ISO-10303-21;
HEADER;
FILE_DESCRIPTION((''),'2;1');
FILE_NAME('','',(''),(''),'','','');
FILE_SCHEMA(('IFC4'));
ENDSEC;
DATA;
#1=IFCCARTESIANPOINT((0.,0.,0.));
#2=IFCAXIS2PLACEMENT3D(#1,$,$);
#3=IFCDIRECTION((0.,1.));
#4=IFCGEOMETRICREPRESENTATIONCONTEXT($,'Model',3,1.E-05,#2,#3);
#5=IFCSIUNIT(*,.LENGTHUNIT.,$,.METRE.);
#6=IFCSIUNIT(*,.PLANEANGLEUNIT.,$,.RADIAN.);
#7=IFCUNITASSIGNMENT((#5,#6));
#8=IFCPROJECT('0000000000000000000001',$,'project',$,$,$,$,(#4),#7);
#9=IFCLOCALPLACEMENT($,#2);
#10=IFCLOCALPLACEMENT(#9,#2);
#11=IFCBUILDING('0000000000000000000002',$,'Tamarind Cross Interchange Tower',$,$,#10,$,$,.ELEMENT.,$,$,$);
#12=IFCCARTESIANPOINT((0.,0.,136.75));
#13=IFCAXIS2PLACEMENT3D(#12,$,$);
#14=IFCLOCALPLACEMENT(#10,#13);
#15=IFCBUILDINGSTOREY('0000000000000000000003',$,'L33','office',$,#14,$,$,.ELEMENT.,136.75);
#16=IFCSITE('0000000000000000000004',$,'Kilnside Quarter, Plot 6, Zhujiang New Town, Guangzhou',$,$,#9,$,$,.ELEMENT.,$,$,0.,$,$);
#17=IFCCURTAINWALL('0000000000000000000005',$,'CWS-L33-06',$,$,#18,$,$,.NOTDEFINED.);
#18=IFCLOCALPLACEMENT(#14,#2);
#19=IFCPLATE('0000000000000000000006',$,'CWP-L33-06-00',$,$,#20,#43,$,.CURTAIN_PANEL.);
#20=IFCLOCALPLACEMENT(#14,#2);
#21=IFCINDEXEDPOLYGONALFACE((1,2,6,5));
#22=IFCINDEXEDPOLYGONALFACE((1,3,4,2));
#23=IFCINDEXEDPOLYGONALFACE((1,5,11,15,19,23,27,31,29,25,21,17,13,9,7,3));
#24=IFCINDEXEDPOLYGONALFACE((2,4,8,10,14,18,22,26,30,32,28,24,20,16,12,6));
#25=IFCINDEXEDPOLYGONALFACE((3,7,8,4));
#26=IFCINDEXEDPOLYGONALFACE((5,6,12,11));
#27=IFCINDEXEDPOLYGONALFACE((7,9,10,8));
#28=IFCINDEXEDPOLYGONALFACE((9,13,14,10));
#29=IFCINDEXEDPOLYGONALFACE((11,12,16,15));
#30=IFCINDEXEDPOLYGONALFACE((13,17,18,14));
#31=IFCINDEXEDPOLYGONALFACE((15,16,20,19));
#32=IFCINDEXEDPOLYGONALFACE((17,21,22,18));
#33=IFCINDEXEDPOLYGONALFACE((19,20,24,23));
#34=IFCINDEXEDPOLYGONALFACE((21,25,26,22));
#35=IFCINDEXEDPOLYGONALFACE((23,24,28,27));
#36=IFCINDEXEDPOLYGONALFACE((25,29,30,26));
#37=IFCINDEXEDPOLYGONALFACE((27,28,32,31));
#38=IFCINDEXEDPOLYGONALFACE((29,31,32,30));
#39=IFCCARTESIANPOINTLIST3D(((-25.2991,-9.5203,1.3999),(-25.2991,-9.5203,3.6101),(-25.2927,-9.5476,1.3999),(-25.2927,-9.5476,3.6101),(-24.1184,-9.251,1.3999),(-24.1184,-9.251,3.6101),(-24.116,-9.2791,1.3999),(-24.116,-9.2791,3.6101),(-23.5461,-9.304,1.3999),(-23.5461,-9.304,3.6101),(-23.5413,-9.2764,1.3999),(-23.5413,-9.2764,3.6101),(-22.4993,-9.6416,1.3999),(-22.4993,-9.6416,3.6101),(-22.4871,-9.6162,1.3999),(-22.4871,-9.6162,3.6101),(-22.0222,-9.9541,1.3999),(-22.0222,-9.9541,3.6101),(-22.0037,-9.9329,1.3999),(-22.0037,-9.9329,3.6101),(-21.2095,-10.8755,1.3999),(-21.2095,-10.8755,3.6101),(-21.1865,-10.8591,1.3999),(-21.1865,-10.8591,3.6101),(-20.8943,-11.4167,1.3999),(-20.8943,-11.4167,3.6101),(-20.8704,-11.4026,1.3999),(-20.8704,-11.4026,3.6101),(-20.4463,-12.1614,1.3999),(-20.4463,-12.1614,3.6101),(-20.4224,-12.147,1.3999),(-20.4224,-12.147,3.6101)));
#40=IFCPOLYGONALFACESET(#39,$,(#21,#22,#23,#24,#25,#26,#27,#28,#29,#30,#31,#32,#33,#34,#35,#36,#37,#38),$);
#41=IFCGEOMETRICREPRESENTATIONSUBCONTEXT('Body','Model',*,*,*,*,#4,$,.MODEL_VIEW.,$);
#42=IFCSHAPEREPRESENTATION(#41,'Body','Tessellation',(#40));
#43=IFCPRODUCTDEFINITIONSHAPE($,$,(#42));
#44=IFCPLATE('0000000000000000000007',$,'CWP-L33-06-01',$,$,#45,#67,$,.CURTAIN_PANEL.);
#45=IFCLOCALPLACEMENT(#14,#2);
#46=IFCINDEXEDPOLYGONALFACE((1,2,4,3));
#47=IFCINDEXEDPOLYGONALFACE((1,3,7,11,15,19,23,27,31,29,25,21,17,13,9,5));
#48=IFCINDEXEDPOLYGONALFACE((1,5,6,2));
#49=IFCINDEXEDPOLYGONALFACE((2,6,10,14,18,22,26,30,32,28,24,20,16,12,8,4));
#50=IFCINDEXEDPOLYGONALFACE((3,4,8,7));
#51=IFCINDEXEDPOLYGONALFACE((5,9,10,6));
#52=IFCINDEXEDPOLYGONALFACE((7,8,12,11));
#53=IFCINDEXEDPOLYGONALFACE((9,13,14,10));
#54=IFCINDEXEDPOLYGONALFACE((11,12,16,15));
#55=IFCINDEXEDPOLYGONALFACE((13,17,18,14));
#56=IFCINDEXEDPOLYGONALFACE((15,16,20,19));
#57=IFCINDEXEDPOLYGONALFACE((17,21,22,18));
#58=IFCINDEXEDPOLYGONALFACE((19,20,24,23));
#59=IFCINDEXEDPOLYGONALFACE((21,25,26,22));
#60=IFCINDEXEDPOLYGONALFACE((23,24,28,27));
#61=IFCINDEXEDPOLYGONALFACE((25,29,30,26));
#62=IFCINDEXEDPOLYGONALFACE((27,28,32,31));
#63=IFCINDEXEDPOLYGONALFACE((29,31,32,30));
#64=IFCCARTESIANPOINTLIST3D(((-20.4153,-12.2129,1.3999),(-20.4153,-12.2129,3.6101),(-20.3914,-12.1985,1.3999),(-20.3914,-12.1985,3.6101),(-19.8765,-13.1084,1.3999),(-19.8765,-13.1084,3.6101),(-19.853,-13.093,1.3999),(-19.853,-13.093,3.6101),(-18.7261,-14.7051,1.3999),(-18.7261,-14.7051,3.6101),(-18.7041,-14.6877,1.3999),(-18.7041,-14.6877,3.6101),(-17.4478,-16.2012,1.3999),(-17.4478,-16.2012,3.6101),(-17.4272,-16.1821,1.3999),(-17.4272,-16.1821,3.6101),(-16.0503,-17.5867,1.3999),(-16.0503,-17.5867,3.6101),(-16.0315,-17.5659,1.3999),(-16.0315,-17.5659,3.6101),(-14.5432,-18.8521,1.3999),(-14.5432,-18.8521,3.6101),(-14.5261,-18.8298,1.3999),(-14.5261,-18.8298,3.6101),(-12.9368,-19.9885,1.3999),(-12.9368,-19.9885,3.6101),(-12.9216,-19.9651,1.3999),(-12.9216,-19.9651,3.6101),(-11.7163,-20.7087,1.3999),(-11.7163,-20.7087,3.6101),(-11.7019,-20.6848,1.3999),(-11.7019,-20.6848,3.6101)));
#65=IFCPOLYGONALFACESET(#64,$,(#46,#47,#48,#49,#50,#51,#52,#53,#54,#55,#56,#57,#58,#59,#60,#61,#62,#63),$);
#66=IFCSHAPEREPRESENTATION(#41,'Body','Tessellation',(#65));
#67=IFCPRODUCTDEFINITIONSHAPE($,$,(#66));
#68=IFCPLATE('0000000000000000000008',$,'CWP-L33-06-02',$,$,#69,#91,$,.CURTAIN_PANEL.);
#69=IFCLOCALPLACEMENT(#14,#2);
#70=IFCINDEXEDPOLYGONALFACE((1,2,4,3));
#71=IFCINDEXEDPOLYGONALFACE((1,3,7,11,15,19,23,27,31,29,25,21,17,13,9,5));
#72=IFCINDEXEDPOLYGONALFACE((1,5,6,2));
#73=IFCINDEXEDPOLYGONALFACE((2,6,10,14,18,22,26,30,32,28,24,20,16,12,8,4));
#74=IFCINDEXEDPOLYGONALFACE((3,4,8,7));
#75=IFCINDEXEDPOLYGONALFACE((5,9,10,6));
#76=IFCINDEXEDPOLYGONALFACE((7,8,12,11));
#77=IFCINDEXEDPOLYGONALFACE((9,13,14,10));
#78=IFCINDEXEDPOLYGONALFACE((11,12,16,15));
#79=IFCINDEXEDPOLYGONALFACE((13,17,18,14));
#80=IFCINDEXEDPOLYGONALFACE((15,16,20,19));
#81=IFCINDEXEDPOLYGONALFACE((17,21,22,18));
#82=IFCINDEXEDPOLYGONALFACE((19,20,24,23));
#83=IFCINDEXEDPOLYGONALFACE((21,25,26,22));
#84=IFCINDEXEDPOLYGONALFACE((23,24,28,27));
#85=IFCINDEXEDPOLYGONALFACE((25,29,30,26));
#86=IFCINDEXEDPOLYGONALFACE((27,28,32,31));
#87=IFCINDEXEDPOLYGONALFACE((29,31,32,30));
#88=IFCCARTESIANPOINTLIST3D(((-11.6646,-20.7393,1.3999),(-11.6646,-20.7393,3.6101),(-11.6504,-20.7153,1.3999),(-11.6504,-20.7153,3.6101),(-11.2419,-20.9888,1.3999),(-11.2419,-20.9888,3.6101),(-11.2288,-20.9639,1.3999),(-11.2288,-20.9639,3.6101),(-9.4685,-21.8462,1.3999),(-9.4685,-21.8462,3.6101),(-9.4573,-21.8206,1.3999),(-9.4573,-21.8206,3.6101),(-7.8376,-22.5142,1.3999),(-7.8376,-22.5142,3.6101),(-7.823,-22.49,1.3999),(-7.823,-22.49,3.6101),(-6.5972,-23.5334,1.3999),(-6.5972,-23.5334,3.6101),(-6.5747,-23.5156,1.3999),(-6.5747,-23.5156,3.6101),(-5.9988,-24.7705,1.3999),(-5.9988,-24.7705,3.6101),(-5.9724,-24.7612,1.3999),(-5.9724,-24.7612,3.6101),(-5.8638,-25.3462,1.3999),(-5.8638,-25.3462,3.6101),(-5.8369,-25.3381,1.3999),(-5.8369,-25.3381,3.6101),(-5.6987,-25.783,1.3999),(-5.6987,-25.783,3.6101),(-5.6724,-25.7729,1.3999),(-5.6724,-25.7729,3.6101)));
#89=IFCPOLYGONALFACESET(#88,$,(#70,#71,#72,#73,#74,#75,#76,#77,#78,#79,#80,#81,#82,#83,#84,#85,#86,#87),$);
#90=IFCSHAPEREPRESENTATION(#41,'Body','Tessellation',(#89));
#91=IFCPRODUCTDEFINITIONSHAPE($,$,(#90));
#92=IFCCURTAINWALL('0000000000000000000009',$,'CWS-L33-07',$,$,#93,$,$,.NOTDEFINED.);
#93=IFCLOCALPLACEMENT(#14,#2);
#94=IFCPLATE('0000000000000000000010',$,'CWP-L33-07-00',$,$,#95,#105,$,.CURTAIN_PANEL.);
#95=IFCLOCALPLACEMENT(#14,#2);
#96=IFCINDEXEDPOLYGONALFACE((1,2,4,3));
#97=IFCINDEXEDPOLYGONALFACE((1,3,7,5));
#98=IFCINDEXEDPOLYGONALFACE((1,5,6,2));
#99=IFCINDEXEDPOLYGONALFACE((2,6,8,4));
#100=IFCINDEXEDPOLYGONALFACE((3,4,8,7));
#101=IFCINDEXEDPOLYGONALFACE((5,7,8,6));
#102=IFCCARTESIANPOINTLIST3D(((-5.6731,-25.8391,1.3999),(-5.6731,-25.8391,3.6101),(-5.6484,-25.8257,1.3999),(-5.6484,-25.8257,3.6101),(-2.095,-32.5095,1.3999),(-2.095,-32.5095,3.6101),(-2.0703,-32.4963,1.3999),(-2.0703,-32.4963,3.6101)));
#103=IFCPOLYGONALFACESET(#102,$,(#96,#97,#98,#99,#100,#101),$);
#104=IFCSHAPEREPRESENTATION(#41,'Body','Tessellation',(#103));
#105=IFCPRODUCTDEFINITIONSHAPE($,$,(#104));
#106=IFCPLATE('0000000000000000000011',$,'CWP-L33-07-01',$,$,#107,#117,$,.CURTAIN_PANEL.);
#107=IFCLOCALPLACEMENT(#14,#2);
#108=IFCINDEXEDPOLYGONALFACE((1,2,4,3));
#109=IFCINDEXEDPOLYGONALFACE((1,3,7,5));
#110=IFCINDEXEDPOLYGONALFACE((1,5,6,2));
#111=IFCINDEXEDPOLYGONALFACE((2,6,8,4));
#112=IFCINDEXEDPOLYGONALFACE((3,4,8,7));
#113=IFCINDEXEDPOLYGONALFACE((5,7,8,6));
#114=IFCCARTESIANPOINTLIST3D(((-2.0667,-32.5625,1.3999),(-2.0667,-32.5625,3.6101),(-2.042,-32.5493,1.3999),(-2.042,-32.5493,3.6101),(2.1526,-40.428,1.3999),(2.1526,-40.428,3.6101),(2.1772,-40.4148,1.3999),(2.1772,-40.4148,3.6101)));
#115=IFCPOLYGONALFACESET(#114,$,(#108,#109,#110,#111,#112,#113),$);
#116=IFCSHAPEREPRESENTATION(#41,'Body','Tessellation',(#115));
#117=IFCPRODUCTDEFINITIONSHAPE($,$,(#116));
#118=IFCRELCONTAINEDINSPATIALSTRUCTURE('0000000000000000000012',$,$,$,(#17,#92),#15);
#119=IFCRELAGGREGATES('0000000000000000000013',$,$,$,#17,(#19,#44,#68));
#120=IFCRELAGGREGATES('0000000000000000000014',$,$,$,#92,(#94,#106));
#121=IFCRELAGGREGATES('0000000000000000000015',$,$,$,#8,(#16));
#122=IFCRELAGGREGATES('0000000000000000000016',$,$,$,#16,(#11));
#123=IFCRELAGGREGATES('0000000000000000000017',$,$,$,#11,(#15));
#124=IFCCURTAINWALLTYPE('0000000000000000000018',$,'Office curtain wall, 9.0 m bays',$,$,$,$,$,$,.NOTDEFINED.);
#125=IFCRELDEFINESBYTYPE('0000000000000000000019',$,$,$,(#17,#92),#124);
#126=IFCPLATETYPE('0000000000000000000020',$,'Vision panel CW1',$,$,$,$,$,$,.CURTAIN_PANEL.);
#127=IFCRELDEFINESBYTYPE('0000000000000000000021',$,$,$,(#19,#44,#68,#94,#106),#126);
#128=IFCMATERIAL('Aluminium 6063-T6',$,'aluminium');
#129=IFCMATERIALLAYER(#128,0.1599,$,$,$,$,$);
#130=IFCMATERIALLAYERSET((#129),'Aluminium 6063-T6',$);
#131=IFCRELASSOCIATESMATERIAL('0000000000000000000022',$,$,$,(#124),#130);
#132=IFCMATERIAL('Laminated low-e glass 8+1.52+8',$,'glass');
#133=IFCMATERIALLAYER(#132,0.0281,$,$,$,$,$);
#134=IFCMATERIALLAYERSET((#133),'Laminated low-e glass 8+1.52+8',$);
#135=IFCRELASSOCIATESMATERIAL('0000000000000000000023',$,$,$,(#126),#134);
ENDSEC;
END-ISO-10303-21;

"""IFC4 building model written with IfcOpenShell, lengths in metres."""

from ifc_helpers import new_model, si_unit, direction, frame, origin, place, context, subcontext, project, spatial, polyline, outline, extrude, material, layer, layer_set, type_object, element, aggregate, save


model = new_model("IFC4")

# Units and contexts
model_context = context("Model", 3, precision=1e-05, world=origin(), true_north=direction((0.0, 1.0)))
body_context = subcontext(model_context, "Body", "Model", "MODEL_VIEW")
ifc_project = project(units=[si_unit("LENGTHUNIT", "METRE"), si_unit("PLANEANGLEUNIT", "RADIAN")], contexts=[model_context])

# Site, building, storey
site_placement = place(None, origin())
site = spatial("IfcSite", under=ifc_project, at=site_placement, Name="Kilnside Quarter, Plot 6, Zhujiang New Town, Guangzhou", CompositionType="ELEMENT", RefElevation=0.0)
building_placement = place(site_placement, origin())
building = spatial("IfcBuilding", under=site, at=building_placement, Name="Tamarind Cross Interchange Tower", CompositionType="ELEMENT")
storey_placement = place(building_placement, frame((0.0, 0.0, 136.75)))
storey = spatial("IfcBuildingStorey", under=building, at=storey_placement, Name="L33", Description="office", CompositionType="ELEMENT", Elevation=136.75)

# Curtain wall
ifc_material_1 = material(Name="Aluminium 6063-T6", Category="aluminium")
ifc_layer_1 = layer(ifc_material_1, 0.1599)
ifc_layer_set_1 = layer_set([ifc_layer_1], Name="Aluminium 6063-T6")
curtain_wall_type = type_object("IfcCurtainWallType", Name="Office curtain wall, 9.0 m bays", PredefinedType="NOTDEFINED", material=ifc_layer_set_1)
curtain_wall_1_placement = place(storey_placement, origin())
curtain_wall_1 = element("IfcCurtainWall", 1, at=curtain_wall_1_placement, inside=storey, type_object=curtain_wall_type, Name="CWS-L33-06", PredefinedType="NOTDEFINED")

# Plates
ifc_material_2 = material(Name="Laminated low-e glass 8+1.52+8", Category="glass")
ifc_layer_2 = layer(ifc_material_2, 0.0281)
ifc_layer_set_2 = layer_set([ifc_layer_2], Name="Laminated low-e glass 8+1.52+8")
plate_type = type_object("IfcPlateType", Name="Vision panel CW1", PredefinedType="CURTAIN_PANEL", material=ifc_layer_set_2)
plate_1_placement = place(storey_placement, frame((0.0, 0.0, 1.3999)))
plate_1 = element("IfcPlate", 2, at=plate_1_placement, type_object=plate_type, Name="CWP-L33-06-00", PredefinedType="CURTAIN_PANEL", context=body_context, shape_type="SweptSolid", body=[
    extrude(outline(polyline([(-25.2991, -9.5203), (-24.1184, -9.251), (-23.5413, -9.2764), (-22.4871, -9.6162), (-22.0037, -9.9329), (-21.1865, -10.8591), (-20.8704, -11.4026), (-20.4224, -12.147), (-20.4463, -12.1614), (-20.8943, -11.4167), (-21.2095, -10.8755), (-22.0222, -9.9541), (-22.4993, -9.6416), (-23.5461, -9.304), (-24.116, -9.2791), (-25.2927, -9.5476), (-25.2991, -9.5203)])), origin(), (0.0, 0.0, 1.0), 2.2102),
])
plate_2_placement = place(storey_placement, frame((0.0, 0.0, 1.3999)))
plate_2 = element("IfcPlate", 3, at=plate_2_placement, type_object=plate_type, Name="CWP-L33-06-01", PredefinedType="CURTAIN_PANEL", context=body_context, shape_type="SweptSolid", body=[
    extrude(outline(polyline([(-20.3914, -12.1985), (-19.853, -13.093), (-18.7041, -14.6877), (-17.4272, -16.1821), (-16.0315, -17.5659), (-14.5261, -18.8298), (-12.9216, -19.9651), (-11.7019, -20.6848), (-11.7163, -20.7087), (-12.9368, -19.9885), (-14.5432, -18.8521), (-16.0503, -17.5867), (-17.4478, -16.2012), (-18.7261, -14.7051), (-19.8765, -13.1084), (-20.4153, -12.2129), (-20.3914, -12.1985)])), origin(), (0.0, 0.0, 1.0), 2.2102),
])
plate_3_placement = place(storey_placement, frame((0.0, 0.0, 1.3999)))
plate_3 = element("IfcPlate", 4, at=plate_3_placement, type_object=plate_type, Name="CWP-L33-06-02", PredefinedType="CURTAIN_PANEL", context=body_context, shape_type="SweptSolid", body=[
    extrude(outline(polyline([(-11.6504, -20.7153), (-11.2288, -20.9639), (-9.4573, -21.8206), (-7.823, -22.49), (-6.5747, -23.5156), (-5.9724, -24.7612), (-5.8369, -25.3381), (-5.6724, -25.7729), (-5.6987, -25.783), (-5.8638, -25.3462), (-5.9988, -24.7705), (-6.5972, -23.5334), (-7.8376, -22.5142), (-9.4685, -21.8462), (-11.2419, -20.9888), (-11.6646, -20.7393), (-11.6504, -20.7153)])), origin(), (0.0, 0.0, 1.0), 2.2102),
])
aggregate(curtain_wall_1, [plate_1, plate_2, plate_3])

# Curtain wall, plates
curtain_wall_2_placement = place(storey_placement, origin())
curtain_wall_2 = element("IfcCurtainWall", 5, at=curtain_wall_2_placement, inside=storey, type_object=curtain_wall_type, Name="CWS-L33-07", PredefinedType="NOTDEFINED")
plate_4_placement = place(storey_placement, frame((0.0, 0.0, 1.3999)))
plate_4 = element("IfcPlate", 6, at=plate_4_placement, type_object=plate_type, Name="CWP-L33-07-00", PredefinedType="CURTAIN_PANEL", context=body_context, shape_type="SweptSolid", body=[
    extrude(outline(polyline([(-5.6484, -25.8257), (-2.0703, -32.4963), (-2.095, -32.5095), (-5.6731, -25.8391), (-5.6484, -25.8257)])), origin(), (0.0, 0.0, 1.0), 2.2102),
])
plate_5_placement = place(storey_placement, frame((0.0, 0.0, 1.3999)))
plate_5 = element("IfcPlate", 7, at=plate_5_placement, type_object=plate_type, Name="CWP-L33-07-01", PredefinedType="CURTAIN_PANEL", context=body_context, shape_type="SweptSolid", body=[
    extrude(outline(polyline([(-2.042, -32.5493), (2.1772, -40.4148), (2.1526, -40.428), (-2.0667, -32.5625), (-2.042, -32.5493)])), origin(), (0.0, 0.0, 1.0), 2.2102),
])
aggregate(curtain_wall_2, [plate_4, plate_5])

save(model, "model.ifc")
